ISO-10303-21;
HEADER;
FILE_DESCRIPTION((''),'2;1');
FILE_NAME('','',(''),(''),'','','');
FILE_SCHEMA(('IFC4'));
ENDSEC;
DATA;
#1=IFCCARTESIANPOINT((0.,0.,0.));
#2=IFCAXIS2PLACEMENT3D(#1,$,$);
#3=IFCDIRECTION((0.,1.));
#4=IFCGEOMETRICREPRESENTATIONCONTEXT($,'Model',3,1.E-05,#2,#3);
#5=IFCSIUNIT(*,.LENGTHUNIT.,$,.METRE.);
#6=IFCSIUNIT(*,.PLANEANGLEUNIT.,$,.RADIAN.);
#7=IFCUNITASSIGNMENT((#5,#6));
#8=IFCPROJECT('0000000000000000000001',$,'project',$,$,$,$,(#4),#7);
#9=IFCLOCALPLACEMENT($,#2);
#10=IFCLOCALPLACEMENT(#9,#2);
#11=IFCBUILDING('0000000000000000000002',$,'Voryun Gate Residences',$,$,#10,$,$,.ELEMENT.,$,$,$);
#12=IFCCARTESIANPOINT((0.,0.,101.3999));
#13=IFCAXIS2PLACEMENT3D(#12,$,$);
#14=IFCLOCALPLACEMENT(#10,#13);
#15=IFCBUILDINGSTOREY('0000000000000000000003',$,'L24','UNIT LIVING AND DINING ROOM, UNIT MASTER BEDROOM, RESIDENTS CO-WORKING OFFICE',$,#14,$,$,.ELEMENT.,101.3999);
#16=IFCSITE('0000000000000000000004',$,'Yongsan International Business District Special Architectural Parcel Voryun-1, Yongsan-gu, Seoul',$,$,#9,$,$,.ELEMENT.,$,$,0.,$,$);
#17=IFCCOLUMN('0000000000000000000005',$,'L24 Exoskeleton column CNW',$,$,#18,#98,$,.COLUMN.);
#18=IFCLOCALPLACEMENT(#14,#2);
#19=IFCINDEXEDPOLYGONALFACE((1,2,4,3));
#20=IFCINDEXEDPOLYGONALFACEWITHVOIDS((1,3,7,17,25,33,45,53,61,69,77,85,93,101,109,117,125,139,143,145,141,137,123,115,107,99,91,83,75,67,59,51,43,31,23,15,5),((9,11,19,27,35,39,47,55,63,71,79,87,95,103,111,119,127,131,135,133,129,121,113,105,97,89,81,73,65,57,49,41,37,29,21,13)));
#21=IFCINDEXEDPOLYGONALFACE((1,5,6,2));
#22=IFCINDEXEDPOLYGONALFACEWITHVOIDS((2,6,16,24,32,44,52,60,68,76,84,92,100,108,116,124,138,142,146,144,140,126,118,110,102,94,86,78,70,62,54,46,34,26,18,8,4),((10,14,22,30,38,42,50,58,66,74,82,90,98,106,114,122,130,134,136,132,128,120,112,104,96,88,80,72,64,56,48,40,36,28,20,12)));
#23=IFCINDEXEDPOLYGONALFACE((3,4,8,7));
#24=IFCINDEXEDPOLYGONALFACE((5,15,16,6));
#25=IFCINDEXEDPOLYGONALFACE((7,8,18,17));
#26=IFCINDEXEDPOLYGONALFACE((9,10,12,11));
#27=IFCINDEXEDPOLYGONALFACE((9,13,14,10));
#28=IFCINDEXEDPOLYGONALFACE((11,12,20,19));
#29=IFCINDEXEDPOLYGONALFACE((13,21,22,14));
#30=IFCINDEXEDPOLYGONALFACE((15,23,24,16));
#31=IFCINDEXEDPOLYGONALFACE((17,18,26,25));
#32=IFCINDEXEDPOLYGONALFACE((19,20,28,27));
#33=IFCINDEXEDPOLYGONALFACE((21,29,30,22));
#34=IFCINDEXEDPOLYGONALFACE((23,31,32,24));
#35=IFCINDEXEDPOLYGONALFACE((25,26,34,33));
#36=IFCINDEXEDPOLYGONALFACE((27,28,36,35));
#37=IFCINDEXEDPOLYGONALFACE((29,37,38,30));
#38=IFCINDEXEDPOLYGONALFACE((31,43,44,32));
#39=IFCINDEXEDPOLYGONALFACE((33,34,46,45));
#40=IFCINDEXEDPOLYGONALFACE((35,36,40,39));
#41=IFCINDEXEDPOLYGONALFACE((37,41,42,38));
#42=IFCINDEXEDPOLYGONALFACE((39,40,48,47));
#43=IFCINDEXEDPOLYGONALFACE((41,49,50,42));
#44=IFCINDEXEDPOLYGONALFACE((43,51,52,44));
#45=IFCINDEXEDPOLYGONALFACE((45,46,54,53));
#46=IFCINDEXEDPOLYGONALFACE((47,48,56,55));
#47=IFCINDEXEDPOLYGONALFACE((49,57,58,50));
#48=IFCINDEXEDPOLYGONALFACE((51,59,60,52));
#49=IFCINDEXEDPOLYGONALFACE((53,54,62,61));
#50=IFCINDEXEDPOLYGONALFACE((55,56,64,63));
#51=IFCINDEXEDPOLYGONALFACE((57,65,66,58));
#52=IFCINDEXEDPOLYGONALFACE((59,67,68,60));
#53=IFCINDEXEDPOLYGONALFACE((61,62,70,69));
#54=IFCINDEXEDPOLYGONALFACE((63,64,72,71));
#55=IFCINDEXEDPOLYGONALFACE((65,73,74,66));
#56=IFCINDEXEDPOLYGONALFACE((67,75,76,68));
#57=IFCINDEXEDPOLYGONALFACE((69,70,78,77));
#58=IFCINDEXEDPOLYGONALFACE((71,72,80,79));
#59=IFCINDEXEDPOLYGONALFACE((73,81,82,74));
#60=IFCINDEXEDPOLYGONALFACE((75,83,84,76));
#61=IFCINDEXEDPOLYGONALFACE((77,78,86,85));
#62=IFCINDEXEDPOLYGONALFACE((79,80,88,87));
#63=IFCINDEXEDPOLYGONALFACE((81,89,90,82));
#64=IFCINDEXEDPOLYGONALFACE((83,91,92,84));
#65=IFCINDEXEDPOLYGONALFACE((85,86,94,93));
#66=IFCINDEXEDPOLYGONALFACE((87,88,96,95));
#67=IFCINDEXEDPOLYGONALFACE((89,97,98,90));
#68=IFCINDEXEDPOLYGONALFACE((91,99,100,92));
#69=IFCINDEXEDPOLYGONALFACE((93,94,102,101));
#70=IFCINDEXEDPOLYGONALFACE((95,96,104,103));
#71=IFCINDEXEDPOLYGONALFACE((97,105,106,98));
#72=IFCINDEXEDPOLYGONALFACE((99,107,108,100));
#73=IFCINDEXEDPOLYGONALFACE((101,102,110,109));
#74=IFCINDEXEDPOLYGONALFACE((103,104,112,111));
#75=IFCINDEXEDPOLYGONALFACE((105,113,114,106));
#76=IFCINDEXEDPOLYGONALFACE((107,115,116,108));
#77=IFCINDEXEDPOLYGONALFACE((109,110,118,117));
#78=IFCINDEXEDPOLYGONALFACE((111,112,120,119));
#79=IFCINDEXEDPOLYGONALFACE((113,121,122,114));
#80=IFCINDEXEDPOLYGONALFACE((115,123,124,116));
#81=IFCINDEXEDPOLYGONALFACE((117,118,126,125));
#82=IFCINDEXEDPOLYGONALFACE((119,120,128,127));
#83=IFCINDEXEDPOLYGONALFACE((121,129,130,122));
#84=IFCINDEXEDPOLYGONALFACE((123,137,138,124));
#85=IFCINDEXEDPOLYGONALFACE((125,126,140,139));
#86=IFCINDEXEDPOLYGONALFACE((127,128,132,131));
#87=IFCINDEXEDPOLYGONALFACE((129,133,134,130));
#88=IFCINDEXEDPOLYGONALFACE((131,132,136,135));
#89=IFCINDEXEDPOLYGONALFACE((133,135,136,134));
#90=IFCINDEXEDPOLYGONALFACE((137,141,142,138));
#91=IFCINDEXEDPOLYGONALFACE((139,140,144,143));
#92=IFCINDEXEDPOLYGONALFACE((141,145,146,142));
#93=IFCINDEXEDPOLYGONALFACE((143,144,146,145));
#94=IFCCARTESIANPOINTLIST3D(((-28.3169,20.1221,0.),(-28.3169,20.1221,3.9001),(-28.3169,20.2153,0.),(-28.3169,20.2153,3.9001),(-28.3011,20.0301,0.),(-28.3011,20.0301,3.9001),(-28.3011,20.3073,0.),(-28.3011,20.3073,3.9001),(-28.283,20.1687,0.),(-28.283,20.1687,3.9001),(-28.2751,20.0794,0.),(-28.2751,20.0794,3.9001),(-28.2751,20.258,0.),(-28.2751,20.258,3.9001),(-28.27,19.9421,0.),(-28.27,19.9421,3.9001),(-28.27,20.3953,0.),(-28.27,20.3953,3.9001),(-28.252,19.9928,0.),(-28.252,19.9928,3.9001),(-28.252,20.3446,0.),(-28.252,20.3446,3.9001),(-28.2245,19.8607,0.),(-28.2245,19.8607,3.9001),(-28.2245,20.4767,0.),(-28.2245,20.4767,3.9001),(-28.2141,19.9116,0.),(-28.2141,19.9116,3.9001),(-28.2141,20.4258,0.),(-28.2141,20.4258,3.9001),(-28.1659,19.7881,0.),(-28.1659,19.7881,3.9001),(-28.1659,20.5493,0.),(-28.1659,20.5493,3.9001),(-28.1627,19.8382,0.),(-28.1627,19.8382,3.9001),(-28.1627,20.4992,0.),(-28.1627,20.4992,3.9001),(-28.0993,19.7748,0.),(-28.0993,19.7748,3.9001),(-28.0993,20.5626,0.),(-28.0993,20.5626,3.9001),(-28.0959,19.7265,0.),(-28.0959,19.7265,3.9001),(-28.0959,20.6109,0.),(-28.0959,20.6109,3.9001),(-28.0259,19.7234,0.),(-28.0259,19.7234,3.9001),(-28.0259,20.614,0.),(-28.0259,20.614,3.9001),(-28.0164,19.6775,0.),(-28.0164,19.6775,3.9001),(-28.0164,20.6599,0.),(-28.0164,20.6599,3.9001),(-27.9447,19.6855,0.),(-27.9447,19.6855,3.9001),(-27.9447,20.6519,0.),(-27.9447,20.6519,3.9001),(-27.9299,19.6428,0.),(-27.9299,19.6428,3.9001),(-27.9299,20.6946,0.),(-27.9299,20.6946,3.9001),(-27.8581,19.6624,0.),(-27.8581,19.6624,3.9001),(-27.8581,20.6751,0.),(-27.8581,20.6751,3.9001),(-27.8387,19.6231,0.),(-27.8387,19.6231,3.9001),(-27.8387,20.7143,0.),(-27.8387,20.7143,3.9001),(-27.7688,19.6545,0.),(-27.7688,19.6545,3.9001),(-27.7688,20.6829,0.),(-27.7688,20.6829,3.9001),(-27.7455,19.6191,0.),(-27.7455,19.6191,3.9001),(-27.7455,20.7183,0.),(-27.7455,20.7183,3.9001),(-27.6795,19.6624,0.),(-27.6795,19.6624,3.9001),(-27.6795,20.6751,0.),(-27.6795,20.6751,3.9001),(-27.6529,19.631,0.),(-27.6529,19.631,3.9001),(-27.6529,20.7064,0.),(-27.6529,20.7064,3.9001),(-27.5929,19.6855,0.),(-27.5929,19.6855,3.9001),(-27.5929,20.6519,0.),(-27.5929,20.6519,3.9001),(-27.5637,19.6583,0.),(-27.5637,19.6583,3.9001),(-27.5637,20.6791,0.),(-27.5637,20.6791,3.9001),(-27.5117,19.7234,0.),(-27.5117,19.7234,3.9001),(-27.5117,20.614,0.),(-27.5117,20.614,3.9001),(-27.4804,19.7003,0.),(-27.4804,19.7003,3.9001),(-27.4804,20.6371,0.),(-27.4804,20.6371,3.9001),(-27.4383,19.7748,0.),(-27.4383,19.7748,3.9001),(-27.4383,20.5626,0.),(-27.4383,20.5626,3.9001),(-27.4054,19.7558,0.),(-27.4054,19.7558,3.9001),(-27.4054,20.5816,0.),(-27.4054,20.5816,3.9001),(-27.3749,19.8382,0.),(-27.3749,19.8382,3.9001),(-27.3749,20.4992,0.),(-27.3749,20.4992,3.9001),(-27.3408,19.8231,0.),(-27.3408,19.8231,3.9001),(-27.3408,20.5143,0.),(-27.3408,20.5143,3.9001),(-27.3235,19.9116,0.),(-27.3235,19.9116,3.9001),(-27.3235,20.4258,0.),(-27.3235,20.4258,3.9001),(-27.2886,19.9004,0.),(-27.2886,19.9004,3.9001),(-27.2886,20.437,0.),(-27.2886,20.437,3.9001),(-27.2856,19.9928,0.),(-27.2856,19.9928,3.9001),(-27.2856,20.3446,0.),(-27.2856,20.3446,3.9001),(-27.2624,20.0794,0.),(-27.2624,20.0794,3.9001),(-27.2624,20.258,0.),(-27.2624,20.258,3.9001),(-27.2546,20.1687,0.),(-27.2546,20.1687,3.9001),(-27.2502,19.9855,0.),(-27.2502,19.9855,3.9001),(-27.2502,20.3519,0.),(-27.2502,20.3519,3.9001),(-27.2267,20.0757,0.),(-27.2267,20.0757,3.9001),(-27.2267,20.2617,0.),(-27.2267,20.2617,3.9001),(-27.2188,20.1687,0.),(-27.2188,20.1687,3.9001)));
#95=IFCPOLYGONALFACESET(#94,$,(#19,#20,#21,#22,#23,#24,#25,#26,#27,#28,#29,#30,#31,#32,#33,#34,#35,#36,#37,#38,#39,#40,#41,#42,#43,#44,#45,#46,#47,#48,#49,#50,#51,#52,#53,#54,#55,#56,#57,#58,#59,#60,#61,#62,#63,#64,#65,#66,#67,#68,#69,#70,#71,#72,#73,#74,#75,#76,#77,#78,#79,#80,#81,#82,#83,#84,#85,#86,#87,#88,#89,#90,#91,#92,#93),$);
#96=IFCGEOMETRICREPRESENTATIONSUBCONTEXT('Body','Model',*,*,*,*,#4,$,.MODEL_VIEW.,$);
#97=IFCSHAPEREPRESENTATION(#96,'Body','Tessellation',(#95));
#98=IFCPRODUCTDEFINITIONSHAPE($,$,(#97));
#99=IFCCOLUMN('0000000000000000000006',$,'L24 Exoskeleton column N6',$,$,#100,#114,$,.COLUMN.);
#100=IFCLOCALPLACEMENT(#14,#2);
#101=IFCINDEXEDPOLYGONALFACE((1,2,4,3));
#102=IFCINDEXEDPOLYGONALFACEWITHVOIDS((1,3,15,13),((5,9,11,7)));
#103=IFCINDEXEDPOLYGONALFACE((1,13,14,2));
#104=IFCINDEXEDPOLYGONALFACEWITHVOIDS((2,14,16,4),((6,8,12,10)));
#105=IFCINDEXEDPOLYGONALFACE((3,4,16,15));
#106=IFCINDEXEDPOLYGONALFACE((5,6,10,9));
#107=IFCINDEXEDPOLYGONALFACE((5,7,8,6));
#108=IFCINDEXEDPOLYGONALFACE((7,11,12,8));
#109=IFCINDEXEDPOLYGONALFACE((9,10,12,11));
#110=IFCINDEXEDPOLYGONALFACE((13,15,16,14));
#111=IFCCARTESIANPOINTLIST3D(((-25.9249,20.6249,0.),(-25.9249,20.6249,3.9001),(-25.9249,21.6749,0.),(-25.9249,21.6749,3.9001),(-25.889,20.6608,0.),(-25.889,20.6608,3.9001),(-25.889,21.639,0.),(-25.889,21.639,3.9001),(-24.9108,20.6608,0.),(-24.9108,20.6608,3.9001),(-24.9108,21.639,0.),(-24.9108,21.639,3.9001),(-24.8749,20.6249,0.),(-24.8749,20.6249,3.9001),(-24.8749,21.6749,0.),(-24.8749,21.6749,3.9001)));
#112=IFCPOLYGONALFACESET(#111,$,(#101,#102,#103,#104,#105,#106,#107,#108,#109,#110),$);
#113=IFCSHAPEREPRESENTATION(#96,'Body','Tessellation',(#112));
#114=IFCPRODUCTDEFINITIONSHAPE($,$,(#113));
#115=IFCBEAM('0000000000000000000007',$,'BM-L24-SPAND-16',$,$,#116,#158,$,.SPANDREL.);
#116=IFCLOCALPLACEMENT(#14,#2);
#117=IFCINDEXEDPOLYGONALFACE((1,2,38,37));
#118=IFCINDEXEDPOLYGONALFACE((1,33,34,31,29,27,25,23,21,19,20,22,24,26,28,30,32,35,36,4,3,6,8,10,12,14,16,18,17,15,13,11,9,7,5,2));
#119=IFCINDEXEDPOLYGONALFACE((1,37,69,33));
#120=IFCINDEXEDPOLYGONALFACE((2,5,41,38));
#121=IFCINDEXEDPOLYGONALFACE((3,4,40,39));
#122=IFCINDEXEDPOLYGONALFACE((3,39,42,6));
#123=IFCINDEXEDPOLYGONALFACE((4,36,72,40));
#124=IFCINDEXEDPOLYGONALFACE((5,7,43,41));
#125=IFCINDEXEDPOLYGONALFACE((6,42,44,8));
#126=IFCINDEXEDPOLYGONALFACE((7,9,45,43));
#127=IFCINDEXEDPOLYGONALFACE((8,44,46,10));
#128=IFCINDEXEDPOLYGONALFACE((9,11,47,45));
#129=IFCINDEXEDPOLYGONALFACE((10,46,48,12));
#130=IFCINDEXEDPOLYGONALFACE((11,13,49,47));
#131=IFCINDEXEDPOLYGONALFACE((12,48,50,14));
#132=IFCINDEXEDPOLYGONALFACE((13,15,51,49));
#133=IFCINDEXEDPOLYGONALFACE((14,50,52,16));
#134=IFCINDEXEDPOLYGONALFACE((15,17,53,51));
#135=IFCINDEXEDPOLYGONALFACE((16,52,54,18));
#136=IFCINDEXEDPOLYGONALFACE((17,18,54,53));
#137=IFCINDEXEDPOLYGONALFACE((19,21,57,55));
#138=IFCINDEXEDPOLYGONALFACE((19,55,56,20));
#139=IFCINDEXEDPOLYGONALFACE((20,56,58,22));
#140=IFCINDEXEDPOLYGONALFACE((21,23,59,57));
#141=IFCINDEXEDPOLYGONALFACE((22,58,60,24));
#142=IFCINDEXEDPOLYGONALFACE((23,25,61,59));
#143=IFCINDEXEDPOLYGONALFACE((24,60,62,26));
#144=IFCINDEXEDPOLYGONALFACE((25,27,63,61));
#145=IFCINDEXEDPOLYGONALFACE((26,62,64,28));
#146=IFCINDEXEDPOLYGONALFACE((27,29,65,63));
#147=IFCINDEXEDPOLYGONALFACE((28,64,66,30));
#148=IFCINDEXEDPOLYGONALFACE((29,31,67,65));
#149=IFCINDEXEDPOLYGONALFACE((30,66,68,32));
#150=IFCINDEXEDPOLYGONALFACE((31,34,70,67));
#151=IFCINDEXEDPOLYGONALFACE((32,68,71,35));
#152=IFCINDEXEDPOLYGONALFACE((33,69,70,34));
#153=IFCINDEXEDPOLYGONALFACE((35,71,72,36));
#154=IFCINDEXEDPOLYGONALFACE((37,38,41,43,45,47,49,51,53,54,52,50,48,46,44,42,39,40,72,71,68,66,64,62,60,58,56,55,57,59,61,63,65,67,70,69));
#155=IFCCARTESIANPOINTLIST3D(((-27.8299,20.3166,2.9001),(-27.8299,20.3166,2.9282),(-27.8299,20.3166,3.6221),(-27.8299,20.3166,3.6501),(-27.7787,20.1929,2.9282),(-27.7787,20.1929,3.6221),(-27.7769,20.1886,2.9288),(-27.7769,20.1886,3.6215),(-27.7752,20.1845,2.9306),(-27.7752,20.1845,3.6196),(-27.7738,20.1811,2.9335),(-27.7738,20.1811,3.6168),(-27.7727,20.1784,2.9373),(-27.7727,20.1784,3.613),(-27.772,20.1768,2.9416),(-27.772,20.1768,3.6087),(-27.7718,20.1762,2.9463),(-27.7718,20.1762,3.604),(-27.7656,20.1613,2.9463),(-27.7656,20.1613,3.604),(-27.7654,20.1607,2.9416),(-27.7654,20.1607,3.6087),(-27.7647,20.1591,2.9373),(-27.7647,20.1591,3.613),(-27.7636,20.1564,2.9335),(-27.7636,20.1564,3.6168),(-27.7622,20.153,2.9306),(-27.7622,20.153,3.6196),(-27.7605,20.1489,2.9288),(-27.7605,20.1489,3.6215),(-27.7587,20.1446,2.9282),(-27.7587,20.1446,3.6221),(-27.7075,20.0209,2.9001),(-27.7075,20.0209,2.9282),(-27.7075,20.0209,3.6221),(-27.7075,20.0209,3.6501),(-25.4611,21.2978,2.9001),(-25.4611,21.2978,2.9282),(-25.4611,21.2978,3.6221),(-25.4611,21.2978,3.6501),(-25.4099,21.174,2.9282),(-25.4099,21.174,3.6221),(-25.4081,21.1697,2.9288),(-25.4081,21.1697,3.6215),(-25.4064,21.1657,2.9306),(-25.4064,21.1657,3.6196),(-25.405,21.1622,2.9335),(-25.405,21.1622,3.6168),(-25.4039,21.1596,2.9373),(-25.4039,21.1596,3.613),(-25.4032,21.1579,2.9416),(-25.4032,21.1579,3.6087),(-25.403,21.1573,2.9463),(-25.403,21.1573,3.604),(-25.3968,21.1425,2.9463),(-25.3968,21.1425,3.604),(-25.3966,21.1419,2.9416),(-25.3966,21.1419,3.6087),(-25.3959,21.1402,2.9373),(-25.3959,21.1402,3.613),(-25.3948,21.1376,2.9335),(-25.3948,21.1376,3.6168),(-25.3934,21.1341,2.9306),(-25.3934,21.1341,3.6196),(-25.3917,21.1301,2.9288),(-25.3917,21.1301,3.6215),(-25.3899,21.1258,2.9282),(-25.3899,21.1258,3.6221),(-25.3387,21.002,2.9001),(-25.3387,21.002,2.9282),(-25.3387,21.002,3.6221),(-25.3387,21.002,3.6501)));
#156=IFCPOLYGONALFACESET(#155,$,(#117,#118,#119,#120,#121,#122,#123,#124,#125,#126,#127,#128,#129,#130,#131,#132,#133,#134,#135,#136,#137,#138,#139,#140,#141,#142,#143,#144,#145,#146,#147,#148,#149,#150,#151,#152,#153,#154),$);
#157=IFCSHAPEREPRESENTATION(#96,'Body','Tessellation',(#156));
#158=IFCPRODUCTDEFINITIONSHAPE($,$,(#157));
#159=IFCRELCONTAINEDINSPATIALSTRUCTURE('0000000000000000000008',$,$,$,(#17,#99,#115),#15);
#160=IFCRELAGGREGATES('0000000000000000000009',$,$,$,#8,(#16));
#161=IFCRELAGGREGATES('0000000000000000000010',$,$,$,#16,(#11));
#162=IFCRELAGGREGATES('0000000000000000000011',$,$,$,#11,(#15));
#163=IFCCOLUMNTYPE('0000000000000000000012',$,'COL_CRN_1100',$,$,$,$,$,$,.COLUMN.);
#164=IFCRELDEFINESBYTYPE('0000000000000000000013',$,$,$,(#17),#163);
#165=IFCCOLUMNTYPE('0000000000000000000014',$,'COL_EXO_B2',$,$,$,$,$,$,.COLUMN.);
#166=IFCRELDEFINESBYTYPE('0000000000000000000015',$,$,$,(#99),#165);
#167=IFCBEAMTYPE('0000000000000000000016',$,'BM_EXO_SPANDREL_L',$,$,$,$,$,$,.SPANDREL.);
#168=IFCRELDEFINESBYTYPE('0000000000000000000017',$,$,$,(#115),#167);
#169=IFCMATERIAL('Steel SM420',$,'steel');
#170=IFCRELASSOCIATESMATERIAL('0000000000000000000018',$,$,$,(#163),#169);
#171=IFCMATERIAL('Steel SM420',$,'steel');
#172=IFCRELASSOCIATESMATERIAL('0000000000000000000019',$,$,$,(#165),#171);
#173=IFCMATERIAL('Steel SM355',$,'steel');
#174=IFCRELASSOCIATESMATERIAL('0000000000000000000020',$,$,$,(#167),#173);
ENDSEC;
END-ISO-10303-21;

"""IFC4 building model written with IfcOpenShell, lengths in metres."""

from ifc_helpers import new_model, si_unit, direction, frame, origin, origin_2d, place, context, subcontext, project, spatial, hollow_rectangle, hollow_circle, i_section, extrude, material, material_profile, profile_set, type_object, element, save


model = new_model("IFC4")

# Units and contexts
model_context = context("Model", 3, precision=1e-05, world=origin(), true_north=direction((0.0, 1.0)))
body_context = subcontext(model_context, "Body", "Model", "MODEL_VIEW")
ifc_project = project(units=[si_unit("LENGTHUNIT", "METRE"), si_unit("PLANEANGLEUNIT", "RADIAN")], contexts=[model_context])

# Site, building, storey
site_placement = place(None, origin())
site = spatial("IfcSite", under=ifc_project, at=site_placement, Name="Yongsan International Business District Special Architectural Parcel Voryun-1, Yongsan-gu, Seoul", CompositionType="ELEMENT", RefElevation=0.0)
building_placement = place(site_placement, origin())
building = spatial("IfcBuilding", under=site, at=building_placement, Name="Voryun Gate Residences", CompositionType="ELEMENT")
storey_placement = place(building_placement, frame((0.0, 0.0, 101.3999)))
storey = spatial("IfcBuildingStorey", under=building, at=storey_placement, Name="L24", Description="UNIT LIVING AND DINING ROOM, UNIT MASTER BEDROOM, RESIDENTS CO-WORKING OFFICE", CompositionType="ELEMENT", Elevation=101.3999)

# Columns
ifc_material_1 = material(Name="Steel SM420", Category="steel")
ifc_material_profile_1 = material_profile(ifc_material_1, hollow_circle(Radius=0.55, WallThickness=0.0359, at=origin_2d()), Name="CHS-1100x36")
ifc_profile_set_1 = profile_set([ifc_material_profile_1], Name="Steel SM420")
column_type_1 = type_object("IfcColumnType", Name="COL_CRN_1100", PredefinedType="COLUMN", material=ifc_profile_set_1)
column_1_placement = place(storey_placement, frame((-27.7688, 20.1687, 0.0), z_axis=(0.0, 0.0, 1.0), x_axis=(1.0, 0.0, 0.0)))
element("IfcColumn", 1, at=column_1_placement, inside=storey, type_object=column_type_1, Name="L24 Exoskeleton column CNW", PredefinedType="COLUMN", context=body_context, shape_type="SweptSolid", body=[
    extrude(hollow_circle(Radius=0.55, WallThickness=0.0359, at=origin_2d()), origin(), (0.0, 0.0, 1.0), 3.9001),
])
ifc_material_2 = material(Name="Steel SM420", Category="steel")
ifc_material_profile_2 = material_profile(ifc_material_2, hollow_rectangle(XDim=1.05, YDim=1.05, WallThickness=0.0359, at=origin_2d()), Name="BOX-1050x1050x36")
ifc_profile_set_2 = profile_set([ifc_material_profile_2], Name="Steel SM420")
column_type_2 = type_object("IfcColumnType", Name="COL_EXO_B2", PredefinedType="COLUMN", material=ifc_profile_set_2)
column_2_placement = place(storey_placement, frame((-25.3999, 21.1499, 0.0), z_axis=(0.0, 0.0, 1.0), x_axis=(1.0, 0.0, 0.0)))
element("IfcColumn", 2, at=column_2_placement, inside=storey, type_object=column_type_2, Name="L24 Exoskeleton column N6", PredefinedType="COLUMN", context=body_context, shape_type="SweptSolid", body=[
    extrude(hollow_rectangle(XDim=1.05, YDim=1.05, WallThickness=0.0359, at=origin_2d()), origin(), (0.0, 0.0, 1.0), 3.9001),
])

# Beam
ifc_material_3 = material(Name="Steel SM355", Category="steel")
ifc_material_profile_3 = material_profile(ifc_material_3, i_section(OverallWidth=0.3201, OverallDepth=0.75, WebThickness=0.0161, FlangeThickness=0.0281, FilletRadius=0.0181, at=origin_2d()), Name="H-750x320x16x28")
ifc_profile_set_3 = profile_set([ifc_material_profile_3], Name="Steel SM355")
beam_type = type_object("IfcBeamType", Name="BM_EXO_SPANDREL_L", PredefinedType="SPANDREL", material=ifc_profile_set_3)
beam_1_placement = place(storey_placement, frame((-25.3999, 21.1499, 3.2751), z_axis=(-0.923883, -0.382674, 0.0), x_axis=(0.382674, -0.923883, 0.0)))
element("IfcBeam", 3, at=beam_1_placement, inside=storey, type_object=beam_type, Name="BM-L24-SPAND-16", PredefinedType="SPANDREL", context=body_context, shape_type="SweptSolid", body=[
    extrude(i_section(OverallWidth=0.3201, OverallDepth=0.75, WebThickness=0.0161, FlangeThickness=0.0281, FilletRadius=0.0181, at=origin_2d()), origin(), (0.0, 0.0, 1.0), 2.564),
])

save(model, "model.ifc")
